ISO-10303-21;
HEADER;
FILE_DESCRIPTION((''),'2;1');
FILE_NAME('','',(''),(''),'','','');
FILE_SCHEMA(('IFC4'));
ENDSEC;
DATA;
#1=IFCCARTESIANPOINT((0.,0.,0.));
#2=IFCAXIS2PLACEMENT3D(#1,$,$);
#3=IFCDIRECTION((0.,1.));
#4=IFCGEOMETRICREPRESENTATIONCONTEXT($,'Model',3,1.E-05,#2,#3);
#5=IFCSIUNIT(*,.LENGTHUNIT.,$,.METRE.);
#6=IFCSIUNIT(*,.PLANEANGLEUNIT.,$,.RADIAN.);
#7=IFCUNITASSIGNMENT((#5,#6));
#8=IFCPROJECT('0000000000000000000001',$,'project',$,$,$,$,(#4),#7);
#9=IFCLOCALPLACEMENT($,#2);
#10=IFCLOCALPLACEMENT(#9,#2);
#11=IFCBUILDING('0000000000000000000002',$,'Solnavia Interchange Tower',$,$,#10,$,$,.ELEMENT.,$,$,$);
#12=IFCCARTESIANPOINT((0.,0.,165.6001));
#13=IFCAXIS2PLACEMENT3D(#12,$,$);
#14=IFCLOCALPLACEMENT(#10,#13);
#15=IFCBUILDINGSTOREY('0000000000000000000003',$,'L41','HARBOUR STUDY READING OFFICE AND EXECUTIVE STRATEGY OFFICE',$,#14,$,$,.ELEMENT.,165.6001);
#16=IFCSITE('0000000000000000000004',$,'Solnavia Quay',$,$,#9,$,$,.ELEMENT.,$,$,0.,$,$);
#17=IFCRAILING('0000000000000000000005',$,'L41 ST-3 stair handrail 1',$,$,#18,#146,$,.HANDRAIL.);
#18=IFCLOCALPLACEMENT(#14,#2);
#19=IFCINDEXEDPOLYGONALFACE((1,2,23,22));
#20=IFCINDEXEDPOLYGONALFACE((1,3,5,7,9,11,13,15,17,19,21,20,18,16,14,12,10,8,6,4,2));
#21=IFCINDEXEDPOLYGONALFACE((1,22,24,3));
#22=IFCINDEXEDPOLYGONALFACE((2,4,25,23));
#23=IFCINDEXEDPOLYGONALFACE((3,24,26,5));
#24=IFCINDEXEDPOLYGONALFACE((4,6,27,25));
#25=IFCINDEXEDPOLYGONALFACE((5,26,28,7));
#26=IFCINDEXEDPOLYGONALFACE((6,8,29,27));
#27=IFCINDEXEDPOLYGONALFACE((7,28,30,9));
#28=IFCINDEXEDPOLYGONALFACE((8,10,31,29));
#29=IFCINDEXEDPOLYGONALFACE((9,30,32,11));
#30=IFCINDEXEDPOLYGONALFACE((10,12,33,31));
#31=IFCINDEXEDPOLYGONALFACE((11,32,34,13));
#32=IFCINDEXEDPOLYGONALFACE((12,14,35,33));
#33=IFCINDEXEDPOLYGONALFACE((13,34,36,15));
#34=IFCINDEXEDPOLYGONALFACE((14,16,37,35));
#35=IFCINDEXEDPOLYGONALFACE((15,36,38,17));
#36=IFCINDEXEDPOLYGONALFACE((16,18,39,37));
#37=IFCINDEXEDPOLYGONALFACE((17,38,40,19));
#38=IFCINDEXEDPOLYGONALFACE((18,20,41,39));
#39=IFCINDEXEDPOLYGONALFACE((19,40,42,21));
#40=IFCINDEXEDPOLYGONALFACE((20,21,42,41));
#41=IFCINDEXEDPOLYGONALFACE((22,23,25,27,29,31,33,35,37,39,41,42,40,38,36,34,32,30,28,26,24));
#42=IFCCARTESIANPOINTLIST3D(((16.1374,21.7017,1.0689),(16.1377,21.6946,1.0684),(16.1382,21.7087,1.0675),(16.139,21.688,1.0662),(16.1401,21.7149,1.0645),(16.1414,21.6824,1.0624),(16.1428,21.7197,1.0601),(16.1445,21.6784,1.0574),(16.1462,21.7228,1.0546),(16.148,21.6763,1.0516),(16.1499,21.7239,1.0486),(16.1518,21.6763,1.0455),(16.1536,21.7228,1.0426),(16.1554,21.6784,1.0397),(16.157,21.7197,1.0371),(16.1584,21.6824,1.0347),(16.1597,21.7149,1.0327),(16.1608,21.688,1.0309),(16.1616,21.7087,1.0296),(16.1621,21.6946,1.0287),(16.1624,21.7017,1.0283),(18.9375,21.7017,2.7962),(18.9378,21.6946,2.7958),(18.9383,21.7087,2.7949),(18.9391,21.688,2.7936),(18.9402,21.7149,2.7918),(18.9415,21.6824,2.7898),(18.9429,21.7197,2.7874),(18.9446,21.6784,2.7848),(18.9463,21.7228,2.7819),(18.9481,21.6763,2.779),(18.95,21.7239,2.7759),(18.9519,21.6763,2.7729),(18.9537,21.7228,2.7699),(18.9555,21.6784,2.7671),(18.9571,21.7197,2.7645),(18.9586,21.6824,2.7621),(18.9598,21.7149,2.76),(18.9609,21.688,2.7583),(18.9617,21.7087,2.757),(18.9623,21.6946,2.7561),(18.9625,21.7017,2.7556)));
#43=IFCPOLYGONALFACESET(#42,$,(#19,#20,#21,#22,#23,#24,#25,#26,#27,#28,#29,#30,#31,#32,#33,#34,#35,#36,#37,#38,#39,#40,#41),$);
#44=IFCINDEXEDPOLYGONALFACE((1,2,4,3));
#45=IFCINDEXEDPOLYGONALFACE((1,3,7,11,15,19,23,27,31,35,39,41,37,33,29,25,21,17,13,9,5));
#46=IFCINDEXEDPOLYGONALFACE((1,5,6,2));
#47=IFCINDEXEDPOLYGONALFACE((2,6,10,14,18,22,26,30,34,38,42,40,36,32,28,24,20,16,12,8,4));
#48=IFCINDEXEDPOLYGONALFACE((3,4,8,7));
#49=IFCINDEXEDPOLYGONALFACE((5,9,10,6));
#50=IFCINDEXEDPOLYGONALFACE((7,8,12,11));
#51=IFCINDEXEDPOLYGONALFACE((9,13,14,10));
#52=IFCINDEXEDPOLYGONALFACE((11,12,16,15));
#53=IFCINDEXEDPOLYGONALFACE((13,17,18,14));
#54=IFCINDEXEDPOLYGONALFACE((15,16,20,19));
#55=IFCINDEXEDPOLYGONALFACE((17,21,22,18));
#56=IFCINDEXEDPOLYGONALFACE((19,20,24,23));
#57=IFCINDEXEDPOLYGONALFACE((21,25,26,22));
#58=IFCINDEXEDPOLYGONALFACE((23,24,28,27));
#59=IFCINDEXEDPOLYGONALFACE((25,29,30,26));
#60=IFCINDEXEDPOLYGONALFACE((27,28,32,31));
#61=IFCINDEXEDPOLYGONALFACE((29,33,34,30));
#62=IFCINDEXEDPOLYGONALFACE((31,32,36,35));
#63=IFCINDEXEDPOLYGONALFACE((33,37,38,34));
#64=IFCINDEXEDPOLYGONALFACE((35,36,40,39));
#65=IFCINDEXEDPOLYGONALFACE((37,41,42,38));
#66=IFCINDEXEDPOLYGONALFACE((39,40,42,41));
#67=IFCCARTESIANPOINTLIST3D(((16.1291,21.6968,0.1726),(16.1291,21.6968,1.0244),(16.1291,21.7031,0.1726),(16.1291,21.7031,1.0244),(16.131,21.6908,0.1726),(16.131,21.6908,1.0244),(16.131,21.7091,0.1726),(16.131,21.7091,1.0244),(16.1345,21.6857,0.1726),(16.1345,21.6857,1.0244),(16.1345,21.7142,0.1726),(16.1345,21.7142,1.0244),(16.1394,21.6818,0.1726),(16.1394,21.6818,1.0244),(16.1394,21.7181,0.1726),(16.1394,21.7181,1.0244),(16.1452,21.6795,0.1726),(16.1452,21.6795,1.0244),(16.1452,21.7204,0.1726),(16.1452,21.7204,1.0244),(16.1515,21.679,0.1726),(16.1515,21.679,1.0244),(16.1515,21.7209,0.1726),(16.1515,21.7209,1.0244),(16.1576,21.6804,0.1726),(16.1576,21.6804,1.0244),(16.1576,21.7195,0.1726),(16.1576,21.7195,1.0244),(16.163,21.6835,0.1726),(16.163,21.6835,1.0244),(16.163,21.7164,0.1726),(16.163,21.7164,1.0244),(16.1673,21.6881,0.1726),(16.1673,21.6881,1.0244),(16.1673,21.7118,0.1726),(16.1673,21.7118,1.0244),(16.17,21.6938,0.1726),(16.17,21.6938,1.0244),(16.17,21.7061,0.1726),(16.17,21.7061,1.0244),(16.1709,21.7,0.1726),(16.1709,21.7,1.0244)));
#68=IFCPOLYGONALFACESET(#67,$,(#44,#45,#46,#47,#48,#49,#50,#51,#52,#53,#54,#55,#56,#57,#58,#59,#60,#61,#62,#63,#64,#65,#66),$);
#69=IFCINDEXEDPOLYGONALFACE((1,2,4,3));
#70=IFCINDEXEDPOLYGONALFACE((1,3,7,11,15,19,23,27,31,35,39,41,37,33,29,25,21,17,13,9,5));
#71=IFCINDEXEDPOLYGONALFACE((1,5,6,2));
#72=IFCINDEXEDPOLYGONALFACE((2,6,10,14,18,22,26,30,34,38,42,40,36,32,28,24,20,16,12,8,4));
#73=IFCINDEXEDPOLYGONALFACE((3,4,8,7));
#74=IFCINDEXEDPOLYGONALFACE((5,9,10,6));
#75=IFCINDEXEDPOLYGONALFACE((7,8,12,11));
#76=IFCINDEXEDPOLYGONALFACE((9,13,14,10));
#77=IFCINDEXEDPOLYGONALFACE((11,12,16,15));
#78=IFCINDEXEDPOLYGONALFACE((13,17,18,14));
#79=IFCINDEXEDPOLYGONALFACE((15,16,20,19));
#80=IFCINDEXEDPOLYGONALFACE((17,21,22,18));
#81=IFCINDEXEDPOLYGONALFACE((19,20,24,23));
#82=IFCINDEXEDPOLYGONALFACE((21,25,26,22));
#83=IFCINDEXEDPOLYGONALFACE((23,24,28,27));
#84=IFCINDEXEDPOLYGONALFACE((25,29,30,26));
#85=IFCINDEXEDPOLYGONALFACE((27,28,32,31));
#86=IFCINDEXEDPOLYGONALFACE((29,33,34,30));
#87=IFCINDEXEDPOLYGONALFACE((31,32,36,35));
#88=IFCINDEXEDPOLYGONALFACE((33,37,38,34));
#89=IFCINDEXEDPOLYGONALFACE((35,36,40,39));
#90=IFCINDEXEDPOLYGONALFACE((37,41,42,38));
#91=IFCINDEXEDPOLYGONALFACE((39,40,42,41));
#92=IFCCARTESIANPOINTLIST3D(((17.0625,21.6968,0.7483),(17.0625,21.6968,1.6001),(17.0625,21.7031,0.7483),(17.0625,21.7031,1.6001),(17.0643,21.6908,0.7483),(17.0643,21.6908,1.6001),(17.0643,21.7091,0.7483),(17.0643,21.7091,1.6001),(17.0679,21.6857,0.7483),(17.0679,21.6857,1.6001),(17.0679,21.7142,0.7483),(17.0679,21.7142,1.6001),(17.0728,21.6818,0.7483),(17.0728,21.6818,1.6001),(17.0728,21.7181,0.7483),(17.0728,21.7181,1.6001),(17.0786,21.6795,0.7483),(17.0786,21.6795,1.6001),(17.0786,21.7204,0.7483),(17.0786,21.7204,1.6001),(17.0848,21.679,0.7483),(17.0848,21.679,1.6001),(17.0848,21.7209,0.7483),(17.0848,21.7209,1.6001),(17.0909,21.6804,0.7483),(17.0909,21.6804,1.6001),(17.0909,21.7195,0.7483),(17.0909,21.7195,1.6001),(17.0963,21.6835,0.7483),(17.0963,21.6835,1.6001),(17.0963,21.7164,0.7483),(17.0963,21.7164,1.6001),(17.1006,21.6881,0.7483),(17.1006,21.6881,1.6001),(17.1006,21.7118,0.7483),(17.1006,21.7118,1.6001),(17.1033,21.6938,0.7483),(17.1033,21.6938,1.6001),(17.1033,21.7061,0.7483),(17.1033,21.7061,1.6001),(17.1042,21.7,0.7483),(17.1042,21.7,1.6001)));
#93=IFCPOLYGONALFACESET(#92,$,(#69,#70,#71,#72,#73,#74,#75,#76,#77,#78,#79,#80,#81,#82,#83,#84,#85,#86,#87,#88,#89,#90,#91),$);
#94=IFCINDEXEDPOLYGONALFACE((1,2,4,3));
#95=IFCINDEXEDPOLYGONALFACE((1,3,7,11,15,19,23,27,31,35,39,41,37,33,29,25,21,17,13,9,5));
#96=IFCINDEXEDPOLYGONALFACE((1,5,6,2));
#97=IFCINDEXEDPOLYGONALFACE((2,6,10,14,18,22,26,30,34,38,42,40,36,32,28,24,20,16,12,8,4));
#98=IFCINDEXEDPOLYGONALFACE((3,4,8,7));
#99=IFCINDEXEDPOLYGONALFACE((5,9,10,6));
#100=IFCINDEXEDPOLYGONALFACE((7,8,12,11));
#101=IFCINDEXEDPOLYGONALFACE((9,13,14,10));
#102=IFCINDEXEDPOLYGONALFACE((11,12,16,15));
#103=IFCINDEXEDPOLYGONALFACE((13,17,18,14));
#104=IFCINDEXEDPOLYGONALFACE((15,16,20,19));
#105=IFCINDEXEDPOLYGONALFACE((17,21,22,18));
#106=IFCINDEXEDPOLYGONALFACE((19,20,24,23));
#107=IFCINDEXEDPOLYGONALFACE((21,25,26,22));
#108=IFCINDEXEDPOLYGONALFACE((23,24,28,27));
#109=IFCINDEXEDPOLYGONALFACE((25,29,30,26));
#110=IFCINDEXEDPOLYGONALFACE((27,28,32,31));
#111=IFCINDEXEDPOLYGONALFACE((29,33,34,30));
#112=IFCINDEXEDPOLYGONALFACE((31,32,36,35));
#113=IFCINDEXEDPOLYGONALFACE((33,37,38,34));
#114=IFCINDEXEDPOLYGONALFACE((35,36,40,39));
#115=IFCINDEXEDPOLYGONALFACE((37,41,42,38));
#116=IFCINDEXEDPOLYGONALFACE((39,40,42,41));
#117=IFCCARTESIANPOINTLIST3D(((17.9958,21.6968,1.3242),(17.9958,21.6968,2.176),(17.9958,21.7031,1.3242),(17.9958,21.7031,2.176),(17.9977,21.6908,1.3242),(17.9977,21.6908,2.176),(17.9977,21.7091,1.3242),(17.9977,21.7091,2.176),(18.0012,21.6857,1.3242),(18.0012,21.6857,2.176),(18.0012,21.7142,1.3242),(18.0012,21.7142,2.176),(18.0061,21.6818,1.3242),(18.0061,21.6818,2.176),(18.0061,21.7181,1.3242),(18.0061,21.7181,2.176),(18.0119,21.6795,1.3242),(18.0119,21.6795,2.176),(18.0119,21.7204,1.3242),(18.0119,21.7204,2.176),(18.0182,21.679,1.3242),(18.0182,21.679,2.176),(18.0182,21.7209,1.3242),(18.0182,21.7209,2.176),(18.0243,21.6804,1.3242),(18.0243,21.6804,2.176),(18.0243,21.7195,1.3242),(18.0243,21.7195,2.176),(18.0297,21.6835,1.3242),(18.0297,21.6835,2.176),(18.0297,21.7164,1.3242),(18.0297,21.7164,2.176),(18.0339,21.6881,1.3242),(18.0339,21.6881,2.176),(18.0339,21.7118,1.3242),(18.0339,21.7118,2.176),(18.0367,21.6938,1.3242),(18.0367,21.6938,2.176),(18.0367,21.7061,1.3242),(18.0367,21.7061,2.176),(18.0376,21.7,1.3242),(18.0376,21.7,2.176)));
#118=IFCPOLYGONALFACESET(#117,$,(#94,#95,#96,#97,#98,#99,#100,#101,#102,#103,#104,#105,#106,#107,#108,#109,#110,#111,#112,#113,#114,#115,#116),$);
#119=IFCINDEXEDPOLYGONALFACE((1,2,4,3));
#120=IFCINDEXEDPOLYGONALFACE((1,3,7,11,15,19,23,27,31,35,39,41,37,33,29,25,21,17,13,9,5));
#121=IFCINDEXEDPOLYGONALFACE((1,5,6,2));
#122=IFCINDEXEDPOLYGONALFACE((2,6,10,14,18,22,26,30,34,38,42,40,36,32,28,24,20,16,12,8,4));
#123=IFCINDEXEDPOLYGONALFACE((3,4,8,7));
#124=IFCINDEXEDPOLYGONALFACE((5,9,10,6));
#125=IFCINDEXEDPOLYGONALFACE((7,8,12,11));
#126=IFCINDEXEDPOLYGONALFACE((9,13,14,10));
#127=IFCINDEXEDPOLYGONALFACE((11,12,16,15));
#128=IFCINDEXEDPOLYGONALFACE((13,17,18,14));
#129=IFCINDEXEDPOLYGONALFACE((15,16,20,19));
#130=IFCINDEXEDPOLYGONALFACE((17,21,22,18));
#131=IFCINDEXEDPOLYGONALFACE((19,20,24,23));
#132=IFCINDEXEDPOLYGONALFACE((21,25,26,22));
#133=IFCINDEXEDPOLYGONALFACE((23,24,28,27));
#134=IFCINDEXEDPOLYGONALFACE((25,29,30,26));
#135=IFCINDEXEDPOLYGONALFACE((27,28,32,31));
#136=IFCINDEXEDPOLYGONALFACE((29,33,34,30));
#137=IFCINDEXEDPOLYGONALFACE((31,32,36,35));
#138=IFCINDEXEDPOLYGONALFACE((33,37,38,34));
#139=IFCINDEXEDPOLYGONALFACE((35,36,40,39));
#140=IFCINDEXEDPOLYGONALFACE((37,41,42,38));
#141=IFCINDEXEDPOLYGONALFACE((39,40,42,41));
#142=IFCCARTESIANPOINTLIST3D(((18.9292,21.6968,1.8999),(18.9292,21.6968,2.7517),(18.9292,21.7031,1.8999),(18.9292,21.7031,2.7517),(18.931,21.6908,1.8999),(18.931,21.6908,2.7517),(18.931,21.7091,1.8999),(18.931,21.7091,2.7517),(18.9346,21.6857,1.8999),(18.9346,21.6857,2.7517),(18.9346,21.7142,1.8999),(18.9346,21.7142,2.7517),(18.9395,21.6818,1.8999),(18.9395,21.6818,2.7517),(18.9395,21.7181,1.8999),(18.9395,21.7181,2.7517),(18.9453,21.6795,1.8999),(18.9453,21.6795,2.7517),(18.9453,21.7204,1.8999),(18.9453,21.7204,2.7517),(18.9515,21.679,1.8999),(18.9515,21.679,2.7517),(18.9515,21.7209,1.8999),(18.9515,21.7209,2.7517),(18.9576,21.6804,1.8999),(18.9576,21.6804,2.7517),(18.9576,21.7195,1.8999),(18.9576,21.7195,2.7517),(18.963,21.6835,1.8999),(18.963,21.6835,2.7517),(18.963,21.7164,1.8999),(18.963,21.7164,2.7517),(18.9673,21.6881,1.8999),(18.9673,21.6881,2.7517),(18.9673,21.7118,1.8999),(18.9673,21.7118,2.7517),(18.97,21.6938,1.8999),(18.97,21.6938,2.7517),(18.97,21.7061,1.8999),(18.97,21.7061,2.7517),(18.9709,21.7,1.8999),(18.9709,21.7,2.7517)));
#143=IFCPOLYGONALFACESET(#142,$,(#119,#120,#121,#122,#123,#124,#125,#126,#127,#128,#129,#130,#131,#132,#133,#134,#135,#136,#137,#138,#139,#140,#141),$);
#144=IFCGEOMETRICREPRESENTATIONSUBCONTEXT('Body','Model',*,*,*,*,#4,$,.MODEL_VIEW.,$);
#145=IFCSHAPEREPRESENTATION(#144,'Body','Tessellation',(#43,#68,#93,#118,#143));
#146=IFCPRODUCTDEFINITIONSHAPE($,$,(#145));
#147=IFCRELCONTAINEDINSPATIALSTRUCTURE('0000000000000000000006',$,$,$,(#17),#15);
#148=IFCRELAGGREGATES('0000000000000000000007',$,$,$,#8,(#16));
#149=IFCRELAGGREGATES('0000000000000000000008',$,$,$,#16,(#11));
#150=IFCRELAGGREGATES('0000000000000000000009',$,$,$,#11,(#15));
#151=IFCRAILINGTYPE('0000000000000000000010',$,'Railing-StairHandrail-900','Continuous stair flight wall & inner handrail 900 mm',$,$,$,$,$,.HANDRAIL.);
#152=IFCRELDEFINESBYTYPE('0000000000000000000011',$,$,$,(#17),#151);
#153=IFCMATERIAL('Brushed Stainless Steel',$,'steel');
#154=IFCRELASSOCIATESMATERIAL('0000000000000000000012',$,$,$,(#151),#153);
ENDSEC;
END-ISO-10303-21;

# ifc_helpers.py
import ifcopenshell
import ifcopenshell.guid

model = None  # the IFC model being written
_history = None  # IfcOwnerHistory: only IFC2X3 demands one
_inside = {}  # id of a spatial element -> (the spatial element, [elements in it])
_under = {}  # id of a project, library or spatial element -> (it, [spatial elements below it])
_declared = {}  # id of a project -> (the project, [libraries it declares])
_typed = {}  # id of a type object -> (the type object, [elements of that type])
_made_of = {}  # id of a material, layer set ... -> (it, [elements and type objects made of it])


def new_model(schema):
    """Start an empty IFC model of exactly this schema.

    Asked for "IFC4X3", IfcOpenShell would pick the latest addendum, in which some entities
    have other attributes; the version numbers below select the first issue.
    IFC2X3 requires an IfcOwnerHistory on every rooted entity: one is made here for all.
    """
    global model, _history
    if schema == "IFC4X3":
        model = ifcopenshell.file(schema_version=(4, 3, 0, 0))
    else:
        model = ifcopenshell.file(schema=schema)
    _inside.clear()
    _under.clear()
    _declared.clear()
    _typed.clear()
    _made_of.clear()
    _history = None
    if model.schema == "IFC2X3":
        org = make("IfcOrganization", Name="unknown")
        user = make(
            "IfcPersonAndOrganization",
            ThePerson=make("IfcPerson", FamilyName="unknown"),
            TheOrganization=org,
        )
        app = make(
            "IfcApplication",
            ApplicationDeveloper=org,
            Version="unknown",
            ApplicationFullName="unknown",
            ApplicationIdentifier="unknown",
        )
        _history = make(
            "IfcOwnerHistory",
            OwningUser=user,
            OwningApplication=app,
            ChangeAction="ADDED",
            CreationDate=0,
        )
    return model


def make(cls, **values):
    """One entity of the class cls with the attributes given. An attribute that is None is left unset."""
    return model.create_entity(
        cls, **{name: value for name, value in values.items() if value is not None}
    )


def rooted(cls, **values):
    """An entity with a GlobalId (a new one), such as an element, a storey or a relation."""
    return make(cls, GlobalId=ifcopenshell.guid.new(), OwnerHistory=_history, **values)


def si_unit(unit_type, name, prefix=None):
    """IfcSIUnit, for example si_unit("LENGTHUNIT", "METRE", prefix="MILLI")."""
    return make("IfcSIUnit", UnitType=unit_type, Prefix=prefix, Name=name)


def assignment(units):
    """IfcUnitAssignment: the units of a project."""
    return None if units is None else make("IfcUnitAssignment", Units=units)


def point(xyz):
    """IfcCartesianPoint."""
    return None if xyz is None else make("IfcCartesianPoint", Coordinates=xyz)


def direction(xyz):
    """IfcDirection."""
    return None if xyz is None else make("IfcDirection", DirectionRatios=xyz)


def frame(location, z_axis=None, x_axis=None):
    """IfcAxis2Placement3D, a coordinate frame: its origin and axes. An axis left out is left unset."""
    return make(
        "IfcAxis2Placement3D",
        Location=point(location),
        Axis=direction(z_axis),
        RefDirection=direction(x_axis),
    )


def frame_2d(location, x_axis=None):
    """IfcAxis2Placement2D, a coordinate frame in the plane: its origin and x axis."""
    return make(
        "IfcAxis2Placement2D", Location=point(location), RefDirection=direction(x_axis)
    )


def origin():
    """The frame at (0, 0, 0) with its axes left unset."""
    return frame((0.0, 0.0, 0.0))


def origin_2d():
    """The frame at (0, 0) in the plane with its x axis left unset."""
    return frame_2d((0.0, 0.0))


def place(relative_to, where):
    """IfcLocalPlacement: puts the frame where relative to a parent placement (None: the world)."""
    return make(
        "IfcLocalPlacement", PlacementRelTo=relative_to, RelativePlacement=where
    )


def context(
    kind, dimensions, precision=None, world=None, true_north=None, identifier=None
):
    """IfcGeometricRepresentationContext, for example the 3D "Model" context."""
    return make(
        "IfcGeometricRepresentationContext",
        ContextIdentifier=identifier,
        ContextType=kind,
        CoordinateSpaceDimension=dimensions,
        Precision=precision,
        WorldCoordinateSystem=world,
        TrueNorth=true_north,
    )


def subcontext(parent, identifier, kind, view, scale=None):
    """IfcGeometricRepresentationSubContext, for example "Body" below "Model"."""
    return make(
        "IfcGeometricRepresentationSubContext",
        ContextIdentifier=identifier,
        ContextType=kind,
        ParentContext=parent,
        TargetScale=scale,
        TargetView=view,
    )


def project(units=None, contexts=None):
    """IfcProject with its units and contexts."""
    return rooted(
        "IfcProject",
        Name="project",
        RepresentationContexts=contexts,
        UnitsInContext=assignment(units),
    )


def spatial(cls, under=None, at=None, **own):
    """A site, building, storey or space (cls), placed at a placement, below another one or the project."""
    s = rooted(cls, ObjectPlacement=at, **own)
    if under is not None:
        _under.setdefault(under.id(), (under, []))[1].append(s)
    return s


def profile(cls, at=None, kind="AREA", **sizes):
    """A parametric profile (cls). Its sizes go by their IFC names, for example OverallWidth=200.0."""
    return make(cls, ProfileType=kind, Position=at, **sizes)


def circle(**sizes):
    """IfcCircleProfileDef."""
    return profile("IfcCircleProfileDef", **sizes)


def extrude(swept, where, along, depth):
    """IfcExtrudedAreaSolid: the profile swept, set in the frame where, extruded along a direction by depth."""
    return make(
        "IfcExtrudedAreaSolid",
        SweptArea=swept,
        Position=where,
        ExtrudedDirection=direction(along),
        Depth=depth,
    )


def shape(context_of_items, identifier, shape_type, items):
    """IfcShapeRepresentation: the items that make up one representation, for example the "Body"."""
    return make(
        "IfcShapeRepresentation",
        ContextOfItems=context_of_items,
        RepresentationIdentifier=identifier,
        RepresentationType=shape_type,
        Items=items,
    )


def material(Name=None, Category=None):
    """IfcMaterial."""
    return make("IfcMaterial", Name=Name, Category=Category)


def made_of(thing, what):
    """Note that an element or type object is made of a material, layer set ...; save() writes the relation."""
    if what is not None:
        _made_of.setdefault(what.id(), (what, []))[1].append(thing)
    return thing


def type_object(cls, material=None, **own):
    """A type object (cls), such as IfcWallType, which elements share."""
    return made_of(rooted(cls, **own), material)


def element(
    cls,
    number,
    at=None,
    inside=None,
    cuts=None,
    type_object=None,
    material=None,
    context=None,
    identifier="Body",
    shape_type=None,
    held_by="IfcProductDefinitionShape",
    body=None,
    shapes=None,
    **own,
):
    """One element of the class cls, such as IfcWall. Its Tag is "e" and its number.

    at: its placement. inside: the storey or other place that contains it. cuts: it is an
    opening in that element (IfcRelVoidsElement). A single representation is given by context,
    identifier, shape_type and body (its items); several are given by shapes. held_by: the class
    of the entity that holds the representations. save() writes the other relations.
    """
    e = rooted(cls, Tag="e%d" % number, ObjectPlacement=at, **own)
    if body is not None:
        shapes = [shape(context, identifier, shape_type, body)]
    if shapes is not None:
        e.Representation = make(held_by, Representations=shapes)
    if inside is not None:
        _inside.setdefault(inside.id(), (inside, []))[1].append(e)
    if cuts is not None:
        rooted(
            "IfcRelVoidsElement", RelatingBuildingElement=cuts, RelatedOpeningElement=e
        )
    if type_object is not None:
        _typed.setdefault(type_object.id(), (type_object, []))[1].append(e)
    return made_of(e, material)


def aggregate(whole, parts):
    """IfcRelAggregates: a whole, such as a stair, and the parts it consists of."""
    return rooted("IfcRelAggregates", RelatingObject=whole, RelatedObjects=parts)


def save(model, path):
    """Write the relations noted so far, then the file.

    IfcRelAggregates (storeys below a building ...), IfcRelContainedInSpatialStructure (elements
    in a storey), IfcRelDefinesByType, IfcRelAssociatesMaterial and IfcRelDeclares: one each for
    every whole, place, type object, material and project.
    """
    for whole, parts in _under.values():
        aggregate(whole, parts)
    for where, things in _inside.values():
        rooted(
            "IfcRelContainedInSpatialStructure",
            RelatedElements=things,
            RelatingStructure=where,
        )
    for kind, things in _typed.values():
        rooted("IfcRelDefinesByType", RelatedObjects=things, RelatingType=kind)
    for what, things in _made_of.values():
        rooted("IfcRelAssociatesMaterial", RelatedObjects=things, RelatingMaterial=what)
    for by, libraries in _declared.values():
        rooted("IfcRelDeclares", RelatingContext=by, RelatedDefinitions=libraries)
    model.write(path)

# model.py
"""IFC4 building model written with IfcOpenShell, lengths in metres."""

from ifc_helpers import new_model, si_unit, direction, frame, origin, origin_2d, place, context, subcontext, project, spatial, circle, extrude, material, type_object, element, save


model = new_model("IFC4")

# Units and contexts
model_context = context("Model", 3, precision=1e-05, world=origin(), true_north=direction((0.0, 1.0)))
body_context = subcontext(model_context, "Body", "Model", "MODEL_VIEW")
ifc_project = project(units=[si_unit("LENGTHUNIT", "METRE"), si_unit("PLANEANGLEUNIT", "RADIAN")], contexts=[model_context])

# Site, building, storey
site_placement = place(None, origin())
site = spatial("IfcSite", under=ifc_project, at=site_placement, Name="Solnavia Quay", CompositionType="ELEMENT", RefElevation=0.0)
building_placement = place(site_placement, origin())
building = spatial("IfcBuilding", under=site, at=building_placement, Name="Solnavia Interchange Tower", CompositionType="ELEMENT")
storey_placement = place(building_placement, frame((0.0, 0.0, 165.6001)))
storey = spatial("IfcBuildingStorey", under=building, at=storey_placement, Name="L41", Description="HARBOUR STUDY READING OFFICE AND EXECUTIVE STRATEGY OFFICE", CompositionType="ELEMENT", Elevation=165.6001)

# Railing
ifc_material_1 = material(Name="Brushed Stainless Steel", Category="steel")
railing_type_1 = type_object("IfcRailingType", Name="Railing-StairHandrail-900", Description="Continuous stair flight wall & inner handrail 900 mm", PredefinedType="HANDRAIL", material=ifc_material_1)
railing_1_placement = place(storey_placement, frame((16.1499, 21.7, 0.1726)))
element("IfcRailing", 1, at=railing_1_placement, inside=storey, type_object=railing_type_1, Name="L41 ST-3 stair handrail 1", PredefinedType="HANDRAIL", context=body_context, shape_type="SweptSolid", body=[
    extrude(circle(Radius=0.0239, at=origin_2d()), frame((0.0, 0.0, 0.876), z_axis=(0.85109, 0.0, 0.52502), x_axis=(0.0, 1.0, 0.0)), (0.0, 0.0, 1.0), 3.29),
    extrude(circle(Radius=0.021, at=origin_2d()), origin(), (0.0, 0.0, 1.0), 0.8518),
    extrude(circle(Radius=0.021, at=origin_2d()), frame((0.9333, 0.0, 0.5757)), (0.0, 0.0, 1.0), 0.8518),
    extrude(circle(Radius=0.021, at=origin_2d()), frame((1.8667, 0.0, 1.1516)), (0.0, 0.0, 1.0), 0.8518),
    extrude(circle(Radius=0.021, at=origin_2d()), frame((2.8, 0.0, 1.7273)), (0.0, 0.0, 1.0), 0.8518),
])

save(model, "model.ifc")
